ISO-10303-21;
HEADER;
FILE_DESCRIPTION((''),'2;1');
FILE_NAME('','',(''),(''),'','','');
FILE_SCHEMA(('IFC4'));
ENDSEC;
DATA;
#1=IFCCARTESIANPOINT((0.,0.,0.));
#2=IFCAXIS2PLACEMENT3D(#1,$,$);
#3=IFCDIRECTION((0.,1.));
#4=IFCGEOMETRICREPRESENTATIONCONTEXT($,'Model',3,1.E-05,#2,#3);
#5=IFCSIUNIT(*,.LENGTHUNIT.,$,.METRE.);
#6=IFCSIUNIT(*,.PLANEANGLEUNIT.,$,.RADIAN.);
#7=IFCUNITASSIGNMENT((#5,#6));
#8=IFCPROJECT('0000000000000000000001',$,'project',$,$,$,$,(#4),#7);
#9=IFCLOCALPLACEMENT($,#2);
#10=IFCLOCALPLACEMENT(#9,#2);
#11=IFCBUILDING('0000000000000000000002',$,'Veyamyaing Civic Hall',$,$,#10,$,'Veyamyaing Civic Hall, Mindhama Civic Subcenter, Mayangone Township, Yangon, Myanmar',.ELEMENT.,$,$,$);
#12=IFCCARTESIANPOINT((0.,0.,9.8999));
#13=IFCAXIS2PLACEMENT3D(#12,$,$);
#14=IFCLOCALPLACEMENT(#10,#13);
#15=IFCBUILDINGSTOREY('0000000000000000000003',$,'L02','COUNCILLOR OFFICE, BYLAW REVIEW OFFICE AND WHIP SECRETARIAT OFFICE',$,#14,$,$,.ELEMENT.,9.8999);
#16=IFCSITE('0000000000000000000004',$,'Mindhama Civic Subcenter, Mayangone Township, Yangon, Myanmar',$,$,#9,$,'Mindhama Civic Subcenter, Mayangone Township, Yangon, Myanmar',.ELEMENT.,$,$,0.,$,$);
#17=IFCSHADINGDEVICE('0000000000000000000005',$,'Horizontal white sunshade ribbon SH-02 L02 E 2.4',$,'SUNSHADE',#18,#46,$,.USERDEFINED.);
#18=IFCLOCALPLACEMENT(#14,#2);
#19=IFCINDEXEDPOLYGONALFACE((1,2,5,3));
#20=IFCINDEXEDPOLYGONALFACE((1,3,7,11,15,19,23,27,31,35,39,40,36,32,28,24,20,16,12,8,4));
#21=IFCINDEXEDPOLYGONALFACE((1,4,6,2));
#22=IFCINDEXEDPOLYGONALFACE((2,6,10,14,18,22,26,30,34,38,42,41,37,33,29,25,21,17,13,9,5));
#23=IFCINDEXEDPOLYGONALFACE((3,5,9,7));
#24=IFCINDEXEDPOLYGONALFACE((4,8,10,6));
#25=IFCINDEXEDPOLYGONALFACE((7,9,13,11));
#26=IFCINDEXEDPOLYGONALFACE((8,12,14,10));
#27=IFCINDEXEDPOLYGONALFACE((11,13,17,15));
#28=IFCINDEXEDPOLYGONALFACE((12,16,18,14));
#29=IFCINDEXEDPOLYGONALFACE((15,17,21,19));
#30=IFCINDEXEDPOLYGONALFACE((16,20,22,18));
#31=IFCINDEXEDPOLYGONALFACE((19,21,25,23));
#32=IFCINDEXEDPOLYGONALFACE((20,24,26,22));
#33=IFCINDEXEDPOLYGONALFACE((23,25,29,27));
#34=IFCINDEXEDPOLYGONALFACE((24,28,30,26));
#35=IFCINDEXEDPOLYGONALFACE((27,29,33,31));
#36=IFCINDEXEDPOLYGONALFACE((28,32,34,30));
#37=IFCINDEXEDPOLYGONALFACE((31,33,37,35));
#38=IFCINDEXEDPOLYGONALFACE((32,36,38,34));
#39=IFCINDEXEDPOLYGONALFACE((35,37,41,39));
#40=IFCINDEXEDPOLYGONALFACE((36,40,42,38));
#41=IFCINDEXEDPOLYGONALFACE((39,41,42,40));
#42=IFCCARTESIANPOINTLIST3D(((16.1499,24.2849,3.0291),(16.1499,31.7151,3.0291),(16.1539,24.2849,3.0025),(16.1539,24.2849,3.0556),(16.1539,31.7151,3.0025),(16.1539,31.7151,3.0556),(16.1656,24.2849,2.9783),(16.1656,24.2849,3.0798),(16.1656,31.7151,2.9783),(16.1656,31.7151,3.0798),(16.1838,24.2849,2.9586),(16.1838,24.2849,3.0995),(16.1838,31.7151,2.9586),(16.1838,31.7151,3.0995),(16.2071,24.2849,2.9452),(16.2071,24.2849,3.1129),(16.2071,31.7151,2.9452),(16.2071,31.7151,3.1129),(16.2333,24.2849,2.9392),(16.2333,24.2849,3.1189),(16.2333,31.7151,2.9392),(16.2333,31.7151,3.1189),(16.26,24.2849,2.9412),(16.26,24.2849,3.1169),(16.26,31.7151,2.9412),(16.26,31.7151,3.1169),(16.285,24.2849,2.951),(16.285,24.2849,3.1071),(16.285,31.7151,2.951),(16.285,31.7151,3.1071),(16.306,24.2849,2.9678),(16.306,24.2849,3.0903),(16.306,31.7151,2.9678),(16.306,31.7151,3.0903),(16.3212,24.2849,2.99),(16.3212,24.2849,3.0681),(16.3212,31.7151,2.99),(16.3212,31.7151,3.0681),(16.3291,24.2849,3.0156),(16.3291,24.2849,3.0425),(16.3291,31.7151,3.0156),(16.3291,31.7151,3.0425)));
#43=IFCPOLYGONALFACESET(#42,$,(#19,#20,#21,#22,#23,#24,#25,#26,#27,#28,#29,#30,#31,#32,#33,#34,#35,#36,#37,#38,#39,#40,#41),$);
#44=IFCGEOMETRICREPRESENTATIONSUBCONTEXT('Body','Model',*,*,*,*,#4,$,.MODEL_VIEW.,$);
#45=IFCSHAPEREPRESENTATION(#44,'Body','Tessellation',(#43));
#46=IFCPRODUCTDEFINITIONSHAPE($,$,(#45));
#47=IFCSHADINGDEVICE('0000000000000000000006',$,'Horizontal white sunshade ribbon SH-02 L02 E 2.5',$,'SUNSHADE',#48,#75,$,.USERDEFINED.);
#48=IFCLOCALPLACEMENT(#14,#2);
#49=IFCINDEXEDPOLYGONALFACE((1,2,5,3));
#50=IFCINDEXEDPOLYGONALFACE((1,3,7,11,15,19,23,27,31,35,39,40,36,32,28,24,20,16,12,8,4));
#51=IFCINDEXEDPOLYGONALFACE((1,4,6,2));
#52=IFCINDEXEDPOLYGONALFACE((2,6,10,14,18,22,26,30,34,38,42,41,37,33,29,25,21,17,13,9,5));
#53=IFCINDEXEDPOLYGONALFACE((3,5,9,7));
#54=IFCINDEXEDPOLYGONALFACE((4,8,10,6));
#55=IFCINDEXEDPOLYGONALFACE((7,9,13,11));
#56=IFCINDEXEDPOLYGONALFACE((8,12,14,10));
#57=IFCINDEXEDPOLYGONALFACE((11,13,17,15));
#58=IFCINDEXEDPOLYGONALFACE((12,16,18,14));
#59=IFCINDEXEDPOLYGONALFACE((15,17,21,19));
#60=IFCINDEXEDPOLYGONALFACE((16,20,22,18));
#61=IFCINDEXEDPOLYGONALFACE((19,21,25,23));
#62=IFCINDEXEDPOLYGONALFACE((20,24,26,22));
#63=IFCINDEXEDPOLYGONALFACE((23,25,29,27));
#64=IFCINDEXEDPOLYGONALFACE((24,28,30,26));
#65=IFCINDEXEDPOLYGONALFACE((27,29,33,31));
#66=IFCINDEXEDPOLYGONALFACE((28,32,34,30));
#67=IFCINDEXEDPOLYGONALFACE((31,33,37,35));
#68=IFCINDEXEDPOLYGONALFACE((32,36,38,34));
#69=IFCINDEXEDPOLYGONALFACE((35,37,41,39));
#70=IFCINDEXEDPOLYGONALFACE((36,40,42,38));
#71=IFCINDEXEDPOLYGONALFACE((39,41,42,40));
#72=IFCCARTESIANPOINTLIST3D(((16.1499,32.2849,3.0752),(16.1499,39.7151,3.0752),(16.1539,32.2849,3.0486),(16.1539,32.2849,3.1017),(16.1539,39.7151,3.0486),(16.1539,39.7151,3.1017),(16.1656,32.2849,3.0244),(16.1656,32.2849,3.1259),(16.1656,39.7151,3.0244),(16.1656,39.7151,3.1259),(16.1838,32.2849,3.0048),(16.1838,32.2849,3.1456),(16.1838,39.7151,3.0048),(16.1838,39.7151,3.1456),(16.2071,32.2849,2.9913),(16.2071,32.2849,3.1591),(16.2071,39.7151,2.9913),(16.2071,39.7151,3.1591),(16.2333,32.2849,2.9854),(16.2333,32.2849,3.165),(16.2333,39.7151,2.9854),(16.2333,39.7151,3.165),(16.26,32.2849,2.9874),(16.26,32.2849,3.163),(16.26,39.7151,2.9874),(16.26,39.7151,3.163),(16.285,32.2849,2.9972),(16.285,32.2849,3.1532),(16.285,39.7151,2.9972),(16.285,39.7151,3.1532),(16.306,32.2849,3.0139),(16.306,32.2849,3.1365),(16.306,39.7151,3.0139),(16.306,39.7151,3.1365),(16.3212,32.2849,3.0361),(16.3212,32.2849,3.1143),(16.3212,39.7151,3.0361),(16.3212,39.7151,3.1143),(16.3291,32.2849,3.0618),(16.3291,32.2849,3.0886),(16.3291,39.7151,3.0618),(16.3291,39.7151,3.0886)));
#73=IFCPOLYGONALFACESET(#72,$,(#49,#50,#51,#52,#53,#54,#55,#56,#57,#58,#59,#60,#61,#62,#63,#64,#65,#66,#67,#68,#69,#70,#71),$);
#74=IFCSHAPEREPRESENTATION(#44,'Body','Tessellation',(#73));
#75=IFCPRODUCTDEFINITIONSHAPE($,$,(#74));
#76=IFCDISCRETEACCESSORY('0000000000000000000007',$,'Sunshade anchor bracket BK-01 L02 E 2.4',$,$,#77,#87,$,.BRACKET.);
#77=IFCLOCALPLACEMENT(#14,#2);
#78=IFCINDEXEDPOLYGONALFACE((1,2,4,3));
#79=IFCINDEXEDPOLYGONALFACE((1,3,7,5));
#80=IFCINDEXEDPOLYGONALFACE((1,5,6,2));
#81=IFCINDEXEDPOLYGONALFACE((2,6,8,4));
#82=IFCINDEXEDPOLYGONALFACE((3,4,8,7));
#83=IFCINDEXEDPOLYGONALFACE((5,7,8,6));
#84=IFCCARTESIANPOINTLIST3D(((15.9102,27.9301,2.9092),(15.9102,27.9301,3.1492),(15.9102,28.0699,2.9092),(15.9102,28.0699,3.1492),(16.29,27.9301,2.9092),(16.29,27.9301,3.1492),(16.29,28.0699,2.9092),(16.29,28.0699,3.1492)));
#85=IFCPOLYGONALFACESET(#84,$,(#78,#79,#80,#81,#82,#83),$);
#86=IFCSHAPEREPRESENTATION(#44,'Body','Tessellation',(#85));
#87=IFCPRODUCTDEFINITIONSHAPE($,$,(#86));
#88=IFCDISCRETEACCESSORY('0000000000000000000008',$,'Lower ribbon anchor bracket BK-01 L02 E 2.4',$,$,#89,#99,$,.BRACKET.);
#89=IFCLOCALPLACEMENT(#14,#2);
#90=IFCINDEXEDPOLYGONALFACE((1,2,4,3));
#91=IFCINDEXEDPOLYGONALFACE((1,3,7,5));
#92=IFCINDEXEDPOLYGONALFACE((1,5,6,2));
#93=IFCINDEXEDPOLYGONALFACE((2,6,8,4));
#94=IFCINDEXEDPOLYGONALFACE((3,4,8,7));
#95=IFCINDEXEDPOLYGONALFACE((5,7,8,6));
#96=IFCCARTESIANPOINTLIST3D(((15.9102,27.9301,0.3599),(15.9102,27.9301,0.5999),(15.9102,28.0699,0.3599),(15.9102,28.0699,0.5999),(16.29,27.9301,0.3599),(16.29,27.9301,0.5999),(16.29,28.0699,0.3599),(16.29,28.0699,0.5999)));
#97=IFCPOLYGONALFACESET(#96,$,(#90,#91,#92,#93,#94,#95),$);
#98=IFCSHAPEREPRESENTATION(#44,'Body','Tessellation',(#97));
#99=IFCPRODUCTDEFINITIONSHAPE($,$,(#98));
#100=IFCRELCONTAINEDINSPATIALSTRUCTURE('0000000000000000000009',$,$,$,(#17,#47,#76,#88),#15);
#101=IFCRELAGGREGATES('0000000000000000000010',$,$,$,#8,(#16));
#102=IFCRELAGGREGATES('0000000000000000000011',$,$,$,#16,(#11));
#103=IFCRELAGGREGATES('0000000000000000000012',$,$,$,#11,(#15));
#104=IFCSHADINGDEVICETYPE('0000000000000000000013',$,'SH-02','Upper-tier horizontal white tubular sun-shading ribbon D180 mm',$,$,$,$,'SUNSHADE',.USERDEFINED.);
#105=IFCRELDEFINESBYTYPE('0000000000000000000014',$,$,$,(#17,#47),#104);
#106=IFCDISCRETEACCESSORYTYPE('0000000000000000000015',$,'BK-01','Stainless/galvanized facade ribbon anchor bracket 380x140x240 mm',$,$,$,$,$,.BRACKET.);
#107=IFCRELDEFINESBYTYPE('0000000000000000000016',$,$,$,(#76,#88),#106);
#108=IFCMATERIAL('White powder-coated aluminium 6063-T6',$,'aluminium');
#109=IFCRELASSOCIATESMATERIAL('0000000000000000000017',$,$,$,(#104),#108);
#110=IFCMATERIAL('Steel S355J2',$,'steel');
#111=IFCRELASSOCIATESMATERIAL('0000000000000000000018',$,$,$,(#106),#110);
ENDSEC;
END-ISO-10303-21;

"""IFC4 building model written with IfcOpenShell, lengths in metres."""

from ifc_helpers import new_model, si_unit, direction, frame, origin, origin_2d, place, context, subcontext, project, spatial, rectangle, circle, extrude, material, material_profile, profile_set, type_object, element, save


model = new_model("IFC4")

# Units and contexts
model_context = context("Model", 3, precision=1e-05, world=origin(), true_north=direction((0.0, 1.0)))
body_context = subcontext(model_context, "Body", "Model", "MODEL_VIEW")
ifc_project = project(units=[si_unit("LENGTHUNIT", "METRE"), si_unit("PLANEANGLEUNIT", "RADIAN")], contexts=[model_context])

# Site, building, storey
site_placement = place(None, origin())
site = spatial("IfcSite", under=ifc_project, at=site_placement, Name="Mindhama Civic Subcenter, Mayangone Township, Yangon, Myanmar", LongName="Mindhama Civic Subcenter, Mayangone Township, Yangon, Myanmar", CompositionType="ELEMENT", RefElevation=0.0)
building_placement = place(site_placement, origin())
building = spatial("IfcBuilding", under=site, at=building_placement, Name="Veyamyaing Civic Hall", LongName="Veyamyaing Civic Hall, Mindhama Civic Subcenter, Mayangone Township, Yangon, Myanmar", CompositionType="ELEMENT")
storey_placement = place(building_placement, frame((0.0, 0.0, 9.8999)))
storey = spatial("IfcBuildingStorey", under=building, at=storey_placement, Name="L02", Description="COUNCILLOR OFFICE, BYLAW REVIEW OFFICE AND WHIP SECRETARIAT OFFICE", CompositionType="ELEMENT", Elevation=9.8999)

# Shared definitions
ifc_material_1 = material(Name="White powder-coated aluminium 6063-T6", Category="aluminium")

# Shading devices
ifc_material_profile_1 = material_profile(ifc_material_1, circle(Radius=0.0901, at=origin_2d()), Name="SHADE-TUBE-180")
ifc_profile_set_1 = profile_set([ifc_material_profile_1], Name="White powder-coated aluminium 6063-T6")
shading_device_type = type_object("IfcShadingDeviceType", Name="SH-02", Description="Upper-tier horizontal white tubular sun-shading ribbon D180 mm", ElementType="SUNSHADE", PredefinedType="USERDEFINED", material=ifc_profile_set_1)
for number, where, z_axis, x_axis, name in (
    (1, (16.24, 24.2849, 3.0291), (0.0, 1.0, 0.0), (-1.0, 0.0, 0.0), "Horizontal white sunshade ribbon SH-02 L02 E 2.4"),
    (2, (16.24, 32.2849, 3.0752), (0.0, 1.0, 0.0), (-1.0, 0.0, 0.0), "Horizontal white sunshade ribbon SH-02 L02 E 2.5"),
):
    element("IfcShadingDevice", number, at=place(storey_placement, frame(where, z_axis=z_axis, x_axis=x_axis)), inside=storey, type_object=shading_device_type, Name=name, ObjectType="SUNSHADE", PredefinedType="USERDEFINED", context=body_context, shape_type="SweptSolid", body=[
        extrude(circle(Radius=0.0901, at=origin_2d()), origin(), (0.0, 0.0, 1.0), 7.4302),
    ])

# Discrete accessories
ifc_material_2 = material(Name="Steel S355J2", Category="steel")
discrete_accessory_type = type_object("IfcDiscreteAccessoryType", Name="BK-01", Description="Stainless/galvanized facade ribbon anchor bracket 380x140x240 mm", PredefinedType="BRACKET", material=ifc_material_2)
for number, where, z_axis, x_axis, name in (
    (3, (16.1001, 28.0, 2.9092), (0.0, 0.0, 1.0), (1.0, 0.0, 0.0), "Sunshade anchor bracket BK-01 L02 E 2.4"),
    (4, (16.1001, 28.0, 0.3599), (0.0, 0.0, 1.0), (1.0, 0.0, 0.0), "Lower ribbon anchor bracket BK-01 L02 E 2.4"),
):
    element("IfcDiscreteAccessory", number, at=place(storey_placement, frame(where, z_axis=z_axis, x_axis=x_axis)), inside=storey, type_object=discrete_accessory_type, Name=name, PredefinedType="BRACKET", context=body_context, shape_type="SweptSolid", body=[
        extrude(rectangle(XDim=0.3799, YDim=0.1399, at=origin_2d()), origin(), (0.0, 0.0, 1.0), 0.24),
    ])

save(model, "model.ifc")
